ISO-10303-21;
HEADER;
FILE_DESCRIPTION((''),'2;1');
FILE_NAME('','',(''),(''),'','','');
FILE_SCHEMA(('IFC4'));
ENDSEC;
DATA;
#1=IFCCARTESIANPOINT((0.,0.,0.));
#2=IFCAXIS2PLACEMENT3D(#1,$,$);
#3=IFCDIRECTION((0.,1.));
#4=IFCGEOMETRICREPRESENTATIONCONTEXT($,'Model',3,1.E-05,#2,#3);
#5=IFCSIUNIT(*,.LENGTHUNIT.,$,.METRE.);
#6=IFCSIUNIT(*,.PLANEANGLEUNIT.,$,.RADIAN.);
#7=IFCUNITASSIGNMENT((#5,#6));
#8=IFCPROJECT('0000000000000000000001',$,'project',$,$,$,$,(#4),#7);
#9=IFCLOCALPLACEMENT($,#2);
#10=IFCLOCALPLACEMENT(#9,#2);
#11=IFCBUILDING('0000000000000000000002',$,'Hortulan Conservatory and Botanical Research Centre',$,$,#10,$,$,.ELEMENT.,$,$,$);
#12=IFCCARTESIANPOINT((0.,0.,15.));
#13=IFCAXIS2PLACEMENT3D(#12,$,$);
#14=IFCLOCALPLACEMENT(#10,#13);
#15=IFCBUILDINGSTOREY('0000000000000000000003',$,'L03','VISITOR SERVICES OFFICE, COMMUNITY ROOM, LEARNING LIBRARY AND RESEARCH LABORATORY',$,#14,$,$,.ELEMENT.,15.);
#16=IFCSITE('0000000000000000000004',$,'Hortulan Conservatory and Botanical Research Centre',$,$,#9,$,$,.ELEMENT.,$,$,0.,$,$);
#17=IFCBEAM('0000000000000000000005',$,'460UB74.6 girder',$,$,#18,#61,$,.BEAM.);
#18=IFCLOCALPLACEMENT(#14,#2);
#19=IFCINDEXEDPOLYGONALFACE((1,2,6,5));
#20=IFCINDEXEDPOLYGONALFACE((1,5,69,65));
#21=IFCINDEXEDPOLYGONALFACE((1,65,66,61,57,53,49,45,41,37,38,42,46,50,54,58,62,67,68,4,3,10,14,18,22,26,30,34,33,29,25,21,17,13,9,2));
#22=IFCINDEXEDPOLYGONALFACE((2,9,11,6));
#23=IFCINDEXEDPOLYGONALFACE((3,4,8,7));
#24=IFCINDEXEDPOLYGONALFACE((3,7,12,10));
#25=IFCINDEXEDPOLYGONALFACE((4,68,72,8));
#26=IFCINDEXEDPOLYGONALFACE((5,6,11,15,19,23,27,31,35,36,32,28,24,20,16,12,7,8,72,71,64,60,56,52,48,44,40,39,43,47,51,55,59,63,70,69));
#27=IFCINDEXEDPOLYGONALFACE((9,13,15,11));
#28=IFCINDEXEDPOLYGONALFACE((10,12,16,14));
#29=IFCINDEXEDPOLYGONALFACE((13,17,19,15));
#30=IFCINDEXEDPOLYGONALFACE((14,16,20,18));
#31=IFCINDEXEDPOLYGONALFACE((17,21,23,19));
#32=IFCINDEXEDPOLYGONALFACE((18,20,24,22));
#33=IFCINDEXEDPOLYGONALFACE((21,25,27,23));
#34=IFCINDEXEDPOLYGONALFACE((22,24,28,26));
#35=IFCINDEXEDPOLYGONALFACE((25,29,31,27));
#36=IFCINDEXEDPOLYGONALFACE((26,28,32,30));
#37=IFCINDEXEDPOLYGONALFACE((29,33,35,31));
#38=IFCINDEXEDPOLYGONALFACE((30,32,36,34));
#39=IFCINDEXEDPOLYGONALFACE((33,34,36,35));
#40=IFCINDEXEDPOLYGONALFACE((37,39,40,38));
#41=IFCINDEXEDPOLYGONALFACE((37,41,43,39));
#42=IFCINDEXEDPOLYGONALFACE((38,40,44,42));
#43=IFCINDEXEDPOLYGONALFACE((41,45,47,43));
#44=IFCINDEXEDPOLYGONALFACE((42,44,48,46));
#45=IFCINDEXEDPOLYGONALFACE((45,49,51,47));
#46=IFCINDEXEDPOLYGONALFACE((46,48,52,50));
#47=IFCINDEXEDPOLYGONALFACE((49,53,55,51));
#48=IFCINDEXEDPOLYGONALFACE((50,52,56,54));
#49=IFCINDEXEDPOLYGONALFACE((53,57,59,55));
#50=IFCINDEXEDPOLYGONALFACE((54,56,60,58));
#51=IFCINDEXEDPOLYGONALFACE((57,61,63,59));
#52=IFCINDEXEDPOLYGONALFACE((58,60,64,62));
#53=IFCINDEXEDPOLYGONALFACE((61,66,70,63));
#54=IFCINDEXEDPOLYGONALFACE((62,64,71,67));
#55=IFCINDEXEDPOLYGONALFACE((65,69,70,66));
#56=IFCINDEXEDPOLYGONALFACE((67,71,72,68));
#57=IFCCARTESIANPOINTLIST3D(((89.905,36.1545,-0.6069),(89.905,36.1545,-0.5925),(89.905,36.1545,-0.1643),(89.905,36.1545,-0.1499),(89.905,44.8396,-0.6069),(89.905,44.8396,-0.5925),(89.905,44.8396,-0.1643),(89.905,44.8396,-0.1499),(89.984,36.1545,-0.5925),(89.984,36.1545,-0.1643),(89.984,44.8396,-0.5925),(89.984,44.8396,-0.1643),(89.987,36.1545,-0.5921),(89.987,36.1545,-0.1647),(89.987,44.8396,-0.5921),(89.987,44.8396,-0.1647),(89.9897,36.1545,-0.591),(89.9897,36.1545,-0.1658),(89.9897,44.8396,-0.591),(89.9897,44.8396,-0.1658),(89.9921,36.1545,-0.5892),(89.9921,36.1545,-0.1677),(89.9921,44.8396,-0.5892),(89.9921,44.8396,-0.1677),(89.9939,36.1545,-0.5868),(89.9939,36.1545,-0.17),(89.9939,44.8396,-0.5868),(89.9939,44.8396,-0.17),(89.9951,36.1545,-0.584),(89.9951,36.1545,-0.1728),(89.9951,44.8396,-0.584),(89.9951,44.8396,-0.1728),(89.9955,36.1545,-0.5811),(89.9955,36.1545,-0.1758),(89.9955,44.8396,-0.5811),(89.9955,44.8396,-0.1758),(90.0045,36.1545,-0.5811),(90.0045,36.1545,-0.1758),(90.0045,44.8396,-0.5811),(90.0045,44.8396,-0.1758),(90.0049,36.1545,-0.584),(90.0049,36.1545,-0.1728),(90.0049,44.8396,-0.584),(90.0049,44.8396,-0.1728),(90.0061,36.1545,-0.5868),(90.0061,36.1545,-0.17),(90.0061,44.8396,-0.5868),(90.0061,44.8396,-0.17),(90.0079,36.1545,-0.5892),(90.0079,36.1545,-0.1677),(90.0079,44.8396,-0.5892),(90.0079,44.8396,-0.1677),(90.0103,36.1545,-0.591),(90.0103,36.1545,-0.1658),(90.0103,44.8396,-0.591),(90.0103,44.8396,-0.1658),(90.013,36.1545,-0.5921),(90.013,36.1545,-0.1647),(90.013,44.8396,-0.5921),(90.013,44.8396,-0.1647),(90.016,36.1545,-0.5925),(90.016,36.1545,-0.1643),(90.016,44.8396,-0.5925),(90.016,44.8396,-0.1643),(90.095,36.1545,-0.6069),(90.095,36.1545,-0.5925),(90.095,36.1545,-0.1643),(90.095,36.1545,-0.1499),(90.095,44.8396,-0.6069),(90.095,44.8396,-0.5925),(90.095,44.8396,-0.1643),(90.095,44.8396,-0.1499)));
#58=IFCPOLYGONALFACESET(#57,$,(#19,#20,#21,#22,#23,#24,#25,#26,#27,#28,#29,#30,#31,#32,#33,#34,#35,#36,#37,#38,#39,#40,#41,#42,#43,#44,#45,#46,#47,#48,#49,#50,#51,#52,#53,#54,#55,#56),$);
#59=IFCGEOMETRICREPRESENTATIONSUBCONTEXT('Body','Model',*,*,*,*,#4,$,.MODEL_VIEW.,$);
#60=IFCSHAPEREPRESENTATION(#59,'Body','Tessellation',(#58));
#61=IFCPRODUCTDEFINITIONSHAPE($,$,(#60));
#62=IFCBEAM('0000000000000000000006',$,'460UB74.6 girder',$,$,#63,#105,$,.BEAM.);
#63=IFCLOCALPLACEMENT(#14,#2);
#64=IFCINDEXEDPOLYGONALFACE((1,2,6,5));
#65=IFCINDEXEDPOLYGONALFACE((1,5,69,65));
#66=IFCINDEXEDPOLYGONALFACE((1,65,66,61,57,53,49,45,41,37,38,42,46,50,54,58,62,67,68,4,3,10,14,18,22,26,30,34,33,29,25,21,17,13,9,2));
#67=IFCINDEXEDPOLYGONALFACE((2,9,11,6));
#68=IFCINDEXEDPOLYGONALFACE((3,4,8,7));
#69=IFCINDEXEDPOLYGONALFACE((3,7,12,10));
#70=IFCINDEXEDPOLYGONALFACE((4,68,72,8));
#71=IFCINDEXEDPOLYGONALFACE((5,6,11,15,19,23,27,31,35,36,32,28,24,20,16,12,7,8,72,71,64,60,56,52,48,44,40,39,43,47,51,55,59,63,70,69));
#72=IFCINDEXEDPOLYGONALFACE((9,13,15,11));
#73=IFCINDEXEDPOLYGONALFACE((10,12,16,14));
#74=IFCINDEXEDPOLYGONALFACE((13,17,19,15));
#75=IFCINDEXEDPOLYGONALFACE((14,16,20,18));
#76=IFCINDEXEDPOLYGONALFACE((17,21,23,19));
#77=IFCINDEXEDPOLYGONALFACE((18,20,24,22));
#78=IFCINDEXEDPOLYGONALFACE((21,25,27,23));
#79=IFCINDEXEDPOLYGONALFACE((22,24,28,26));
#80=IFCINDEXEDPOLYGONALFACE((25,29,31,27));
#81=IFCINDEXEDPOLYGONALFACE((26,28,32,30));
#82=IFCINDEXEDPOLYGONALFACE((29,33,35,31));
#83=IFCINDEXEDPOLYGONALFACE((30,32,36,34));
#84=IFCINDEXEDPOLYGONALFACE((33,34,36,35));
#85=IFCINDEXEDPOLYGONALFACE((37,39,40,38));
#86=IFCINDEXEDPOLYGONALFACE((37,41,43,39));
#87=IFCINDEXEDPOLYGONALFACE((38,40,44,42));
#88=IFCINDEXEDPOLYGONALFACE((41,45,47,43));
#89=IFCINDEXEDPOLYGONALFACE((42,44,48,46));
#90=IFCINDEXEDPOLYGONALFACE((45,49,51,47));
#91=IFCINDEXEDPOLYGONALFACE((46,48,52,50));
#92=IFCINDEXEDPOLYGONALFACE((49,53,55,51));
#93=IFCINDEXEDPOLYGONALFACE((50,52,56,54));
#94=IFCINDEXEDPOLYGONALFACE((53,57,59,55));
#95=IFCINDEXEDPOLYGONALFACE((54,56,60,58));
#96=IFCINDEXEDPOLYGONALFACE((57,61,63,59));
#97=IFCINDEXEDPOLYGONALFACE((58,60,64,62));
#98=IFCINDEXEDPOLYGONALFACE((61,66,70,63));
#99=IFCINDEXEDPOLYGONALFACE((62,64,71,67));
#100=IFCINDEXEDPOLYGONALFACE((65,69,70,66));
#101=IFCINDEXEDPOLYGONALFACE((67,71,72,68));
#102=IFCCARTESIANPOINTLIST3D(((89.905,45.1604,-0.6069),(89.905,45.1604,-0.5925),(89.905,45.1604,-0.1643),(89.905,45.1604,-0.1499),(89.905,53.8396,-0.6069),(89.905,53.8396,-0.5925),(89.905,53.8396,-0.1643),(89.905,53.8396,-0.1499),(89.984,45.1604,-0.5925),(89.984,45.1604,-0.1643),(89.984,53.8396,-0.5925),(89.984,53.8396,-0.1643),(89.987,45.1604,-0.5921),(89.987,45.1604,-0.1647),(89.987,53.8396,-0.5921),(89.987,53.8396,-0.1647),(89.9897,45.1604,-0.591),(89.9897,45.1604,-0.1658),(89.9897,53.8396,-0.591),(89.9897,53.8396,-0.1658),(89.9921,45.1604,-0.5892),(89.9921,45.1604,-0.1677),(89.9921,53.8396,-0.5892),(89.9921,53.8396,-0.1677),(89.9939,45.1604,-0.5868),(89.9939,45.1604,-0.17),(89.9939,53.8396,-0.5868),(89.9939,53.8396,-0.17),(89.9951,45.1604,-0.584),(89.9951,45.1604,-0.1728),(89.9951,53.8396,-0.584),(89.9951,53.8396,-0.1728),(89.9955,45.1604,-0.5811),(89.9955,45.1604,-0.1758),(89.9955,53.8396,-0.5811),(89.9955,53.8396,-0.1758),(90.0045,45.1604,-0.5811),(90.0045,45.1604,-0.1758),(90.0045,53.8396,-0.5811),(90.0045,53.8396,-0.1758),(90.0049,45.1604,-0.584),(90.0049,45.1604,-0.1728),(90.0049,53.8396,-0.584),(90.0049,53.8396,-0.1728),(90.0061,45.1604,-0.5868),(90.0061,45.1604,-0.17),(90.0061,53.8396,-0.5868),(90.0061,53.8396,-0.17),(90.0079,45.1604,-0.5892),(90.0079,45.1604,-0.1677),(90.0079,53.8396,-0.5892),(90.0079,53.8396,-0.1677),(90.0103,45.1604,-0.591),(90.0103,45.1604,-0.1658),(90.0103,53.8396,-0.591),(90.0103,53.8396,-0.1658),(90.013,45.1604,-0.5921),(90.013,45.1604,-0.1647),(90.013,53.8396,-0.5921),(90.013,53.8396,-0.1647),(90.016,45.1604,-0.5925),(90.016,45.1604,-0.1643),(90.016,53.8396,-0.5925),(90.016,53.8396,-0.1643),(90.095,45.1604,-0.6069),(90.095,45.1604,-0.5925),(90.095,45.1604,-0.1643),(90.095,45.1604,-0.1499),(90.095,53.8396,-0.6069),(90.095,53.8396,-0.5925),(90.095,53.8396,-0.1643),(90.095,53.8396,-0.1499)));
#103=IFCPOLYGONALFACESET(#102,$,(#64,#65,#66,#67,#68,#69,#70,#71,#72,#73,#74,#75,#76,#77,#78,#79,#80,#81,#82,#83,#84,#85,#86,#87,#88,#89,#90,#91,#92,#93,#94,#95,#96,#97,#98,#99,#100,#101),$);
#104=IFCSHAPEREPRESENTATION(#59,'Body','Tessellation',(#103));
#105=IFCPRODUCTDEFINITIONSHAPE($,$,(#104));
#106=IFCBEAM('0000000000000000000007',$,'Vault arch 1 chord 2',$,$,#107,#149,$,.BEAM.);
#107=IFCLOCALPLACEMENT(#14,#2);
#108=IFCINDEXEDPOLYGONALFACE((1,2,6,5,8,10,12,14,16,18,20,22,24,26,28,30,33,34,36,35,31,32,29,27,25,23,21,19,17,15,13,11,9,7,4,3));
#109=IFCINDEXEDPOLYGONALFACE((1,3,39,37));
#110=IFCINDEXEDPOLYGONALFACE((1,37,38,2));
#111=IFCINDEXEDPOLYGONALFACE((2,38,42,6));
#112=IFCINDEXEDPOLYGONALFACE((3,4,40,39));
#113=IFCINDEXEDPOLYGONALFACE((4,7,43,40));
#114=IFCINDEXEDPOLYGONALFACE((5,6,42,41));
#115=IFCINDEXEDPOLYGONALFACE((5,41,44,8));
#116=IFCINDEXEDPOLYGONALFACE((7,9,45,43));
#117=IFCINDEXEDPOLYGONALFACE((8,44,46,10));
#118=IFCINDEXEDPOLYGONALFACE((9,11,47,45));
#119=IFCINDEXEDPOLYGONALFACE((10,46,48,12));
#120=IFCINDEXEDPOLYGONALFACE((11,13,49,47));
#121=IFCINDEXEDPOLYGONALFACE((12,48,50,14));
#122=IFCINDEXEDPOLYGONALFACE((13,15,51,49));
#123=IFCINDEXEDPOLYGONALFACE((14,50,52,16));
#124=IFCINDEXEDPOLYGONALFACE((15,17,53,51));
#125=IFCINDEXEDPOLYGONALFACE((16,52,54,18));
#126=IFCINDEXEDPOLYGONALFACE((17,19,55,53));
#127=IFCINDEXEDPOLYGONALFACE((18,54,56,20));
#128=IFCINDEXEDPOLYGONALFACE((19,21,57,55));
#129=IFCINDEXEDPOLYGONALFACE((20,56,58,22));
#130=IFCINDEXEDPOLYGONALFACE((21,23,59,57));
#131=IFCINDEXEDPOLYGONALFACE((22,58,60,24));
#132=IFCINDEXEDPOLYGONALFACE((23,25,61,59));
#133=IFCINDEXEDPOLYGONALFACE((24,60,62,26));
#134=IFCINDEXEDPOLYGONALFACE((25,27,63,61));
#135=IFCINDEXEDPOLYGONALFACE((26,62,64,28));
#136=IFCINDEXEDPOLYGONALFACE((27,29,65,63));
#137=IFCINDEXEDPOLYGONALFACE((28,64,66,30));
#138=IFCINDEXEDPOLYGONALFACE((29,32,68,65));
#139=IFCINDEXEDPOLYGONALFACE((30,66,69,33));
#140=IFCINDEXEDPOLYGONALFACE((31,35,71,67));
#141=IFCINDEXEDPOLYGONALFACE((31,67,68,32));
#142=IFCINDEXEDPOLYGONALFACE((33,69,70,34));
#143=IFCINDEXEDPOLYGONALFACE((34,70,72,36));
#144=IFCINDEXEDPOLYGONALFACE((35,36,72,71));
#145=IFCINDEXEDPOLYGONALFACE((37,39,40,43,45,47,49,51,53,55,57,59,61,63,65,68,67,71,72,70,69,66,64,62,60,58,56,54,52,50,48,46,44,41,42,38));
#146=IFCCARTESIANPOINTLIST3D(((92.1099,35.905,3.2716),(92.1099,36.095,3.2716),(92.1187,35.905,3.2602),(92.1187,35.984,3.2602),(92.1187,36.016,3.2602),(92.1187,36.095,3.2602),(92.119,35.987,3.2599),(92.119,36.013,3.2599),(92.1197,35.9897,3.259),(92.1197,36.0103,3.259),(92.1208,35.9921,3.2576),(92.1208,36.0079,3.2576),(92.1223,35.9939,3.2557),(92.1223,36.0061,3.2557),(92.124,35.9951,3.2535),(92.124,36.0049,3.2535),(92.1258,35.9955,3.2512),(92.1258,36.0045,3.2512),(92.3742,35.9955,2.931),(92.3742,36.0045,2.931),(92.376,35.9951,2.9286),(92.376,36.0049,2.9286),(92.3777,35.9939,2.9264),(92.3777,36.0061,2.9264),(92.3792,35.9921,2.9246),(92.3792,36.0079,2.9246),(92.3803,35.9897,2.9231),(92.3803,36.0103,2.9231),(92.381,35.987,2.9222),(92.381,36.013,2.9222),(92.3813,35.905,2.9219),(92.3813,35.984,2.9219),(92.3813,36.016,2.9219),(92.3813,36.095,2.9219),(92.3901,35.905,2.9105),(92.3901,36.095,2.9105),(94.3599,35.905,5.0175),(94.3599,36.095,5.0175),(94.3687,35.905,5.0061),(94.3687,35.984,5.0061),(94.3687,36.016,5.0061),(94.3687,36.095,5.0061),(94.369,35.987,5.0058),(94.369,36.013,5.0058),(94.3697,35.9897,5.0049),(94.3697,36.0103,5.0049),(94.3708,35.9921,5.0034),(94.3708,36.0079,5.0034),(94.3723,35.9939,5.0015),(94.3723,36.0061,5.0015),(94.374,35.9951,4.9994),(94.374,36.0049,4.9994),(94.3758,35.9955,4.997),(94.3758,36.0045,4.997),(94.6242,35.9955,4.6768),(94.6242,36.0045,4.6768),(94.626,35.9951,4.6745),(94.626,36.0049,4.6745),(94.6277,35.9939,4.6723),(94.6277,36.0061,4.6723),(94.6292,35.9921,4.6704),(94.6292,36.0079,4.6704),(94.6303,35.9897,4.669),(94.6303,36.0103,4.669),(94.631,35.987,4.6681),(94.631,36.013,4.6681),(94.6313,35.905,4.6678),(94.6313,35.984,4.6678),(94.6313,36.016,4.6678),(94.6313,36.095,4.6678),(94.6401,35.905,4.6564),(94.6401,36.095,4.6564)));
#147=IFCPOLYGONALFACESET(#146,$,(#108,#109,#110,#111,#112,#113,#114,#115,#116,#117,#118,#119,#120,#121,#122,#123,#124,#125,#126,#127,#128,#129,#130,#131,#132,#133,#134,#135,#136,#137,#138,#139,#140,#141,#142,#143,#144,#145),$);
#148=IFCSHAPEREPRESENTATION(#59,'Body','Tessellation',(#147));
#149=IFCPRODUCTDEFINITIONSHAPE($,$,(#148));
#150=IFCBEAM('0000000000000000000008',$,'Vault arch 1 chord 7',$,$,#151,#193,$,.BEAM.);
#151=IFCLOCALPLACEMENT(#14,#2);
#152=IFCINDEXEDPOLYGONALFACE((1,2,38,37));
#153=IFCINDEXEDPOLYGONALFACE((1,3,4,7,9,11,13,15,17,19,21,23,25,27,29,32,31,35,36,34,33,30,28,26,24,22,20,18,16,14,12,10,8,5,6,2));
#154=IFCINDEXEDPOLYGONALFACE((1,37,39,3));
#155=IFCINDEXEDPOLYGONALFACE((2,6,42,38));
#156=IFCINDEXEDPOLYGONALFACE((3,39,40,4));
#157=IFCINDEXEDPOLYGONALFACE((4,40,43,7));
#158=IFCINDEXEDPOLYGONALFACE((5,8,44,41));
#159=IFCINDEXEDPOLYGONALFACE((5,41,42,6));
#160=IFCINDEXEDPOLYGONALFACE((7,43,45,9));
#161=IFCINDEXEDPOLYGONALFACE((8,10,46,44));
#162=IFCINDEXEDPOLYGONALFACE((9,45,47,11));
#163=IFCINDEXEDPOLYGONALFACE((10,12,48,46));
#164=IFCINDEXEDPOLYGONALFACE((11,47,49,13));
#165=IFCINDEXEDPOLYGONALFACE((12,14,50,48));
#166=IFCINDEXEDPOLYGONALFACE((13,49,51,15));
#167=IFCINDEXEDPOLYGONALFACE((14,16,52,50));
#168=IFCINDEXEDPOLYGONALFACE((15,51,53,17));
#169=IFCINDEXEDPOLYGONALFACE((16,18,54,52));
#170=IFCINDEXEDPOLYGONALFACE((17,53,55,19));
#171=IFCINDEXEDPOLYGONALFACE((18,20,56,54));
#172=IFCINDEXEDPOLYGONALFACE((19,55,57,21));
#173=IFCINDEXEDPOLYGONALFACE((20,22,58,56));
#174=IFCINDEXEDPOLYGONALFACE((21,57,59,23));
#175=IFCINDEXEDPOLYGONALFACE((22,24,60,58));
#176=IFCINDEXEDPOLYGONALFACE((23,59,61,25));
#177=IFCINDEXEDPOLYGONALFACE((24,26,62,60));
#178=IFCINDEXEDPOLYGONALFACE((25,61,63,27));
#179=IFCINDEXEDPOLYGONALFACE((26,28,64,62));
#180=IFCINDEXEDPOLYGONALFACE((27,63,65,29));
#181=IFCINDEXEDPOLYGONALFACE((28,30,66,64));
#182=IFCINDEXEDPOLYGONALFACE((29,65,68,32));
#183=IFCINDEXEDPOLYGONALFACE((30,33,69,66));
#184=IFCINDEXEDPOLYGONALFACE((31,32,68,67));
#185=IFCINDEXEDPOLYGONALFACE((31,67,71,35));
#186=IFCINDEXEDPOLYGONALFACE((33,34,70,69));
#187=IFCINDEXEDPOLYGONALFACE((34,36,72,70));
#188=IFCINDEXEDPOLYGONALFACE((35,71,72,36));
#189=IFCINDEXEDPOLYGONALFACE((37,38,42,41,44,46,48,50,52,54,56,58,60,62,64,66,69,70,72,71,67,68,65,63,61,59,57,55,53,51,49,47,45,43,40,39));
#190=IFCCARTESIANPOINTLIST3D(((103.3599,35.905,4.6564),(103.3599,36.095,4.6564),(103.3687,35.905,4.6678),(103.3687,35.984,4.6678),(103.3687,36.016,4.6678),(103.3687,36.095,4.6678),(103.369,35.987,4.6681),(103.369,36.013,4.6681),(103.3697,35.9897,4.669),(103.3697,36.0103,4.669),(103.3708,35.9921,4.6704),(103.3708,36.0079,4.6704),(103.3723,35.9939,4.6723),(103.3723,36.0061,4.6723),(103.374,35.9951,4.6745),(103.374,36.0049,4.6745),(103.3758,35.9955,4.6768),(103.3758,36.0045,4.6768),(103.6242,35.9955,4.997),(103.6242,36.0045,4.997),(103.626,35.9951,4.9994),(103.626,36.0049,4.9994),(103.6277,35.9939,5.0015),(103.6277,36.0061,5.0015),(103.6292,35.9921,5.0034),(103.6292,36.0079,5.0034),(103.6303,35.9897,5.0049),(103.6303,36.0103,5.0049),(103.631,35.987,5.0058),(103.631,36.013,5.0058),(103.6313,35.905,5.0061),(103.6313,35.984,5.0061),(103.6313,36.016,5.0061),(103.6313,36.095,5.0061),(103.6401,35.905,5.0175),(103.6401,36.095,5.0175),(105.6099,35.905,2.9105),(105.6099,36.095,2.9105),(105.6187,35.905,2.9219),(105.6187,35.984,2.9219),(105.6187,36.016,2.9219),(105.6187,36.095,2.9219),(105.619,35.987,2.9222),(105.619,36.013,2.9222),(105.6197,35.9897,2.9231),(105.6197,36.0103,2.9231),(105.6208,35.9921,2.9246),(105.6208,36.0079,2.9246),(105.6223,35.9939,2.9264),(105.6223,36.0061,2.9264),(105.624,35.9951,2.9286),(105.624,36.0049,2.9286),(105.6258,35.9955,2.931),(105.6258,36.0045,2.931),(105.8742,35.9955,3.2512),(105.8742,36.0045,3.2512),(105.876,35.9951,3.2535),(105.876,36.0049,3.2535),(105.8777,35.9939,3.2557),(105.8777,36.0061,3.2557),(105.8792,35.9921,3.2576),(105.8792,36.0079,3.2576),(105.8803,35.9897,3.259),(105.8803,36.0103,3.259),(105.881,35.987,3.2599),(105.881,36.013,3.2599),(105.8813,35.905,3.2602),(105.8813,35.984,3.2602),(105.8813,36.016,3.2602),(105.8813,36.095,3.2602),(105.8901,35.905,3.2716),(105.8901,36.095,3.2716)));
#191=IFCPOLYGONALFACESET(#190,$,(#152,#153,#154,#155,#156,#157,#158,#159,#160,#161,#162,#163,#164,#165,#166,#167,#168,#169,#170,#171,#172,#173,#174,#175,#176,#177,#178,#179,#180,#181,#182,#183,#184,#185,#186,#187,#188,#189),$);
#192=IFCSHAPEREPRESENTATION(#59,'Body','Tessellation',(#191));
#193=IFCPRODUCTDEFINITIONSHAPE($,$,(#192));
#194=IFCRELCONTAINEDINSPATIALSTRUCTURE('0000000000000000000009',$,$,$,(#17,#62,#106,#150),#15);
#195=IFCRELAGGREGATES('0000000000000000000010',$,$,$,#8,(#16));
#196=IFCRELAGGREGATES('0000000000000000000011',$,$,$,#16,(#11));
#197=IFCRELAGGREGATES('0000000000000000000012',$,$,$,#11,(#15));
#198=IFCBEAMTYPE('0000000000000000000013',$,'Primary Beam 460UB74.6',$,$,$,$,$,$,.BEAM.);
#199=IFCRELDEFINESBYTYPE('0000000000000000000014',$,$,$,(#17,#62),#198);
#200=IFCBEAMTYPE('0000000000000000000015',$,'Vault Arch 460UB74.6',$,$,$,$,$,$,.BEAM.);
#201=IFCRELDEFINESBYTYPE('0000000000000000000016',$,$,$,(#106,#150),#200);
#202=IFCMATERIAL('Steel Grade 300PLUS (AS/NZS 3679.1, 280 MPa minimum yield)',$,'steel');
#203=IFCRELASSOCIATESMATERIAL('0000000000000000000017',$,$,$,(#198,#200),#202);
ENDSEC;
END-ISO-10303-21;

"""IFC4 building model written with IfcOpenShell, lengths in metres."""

from ifc_helpers import new_model, si_unit, direction, frame, origin, origin_2d, place, context, subcontext, project, spatial, i_section, extrude, material, material_profile, profile_set, type_object, element, save


model = new_model("IFC4")

# Units and contexts
model_context = context("Model", 3, precision=1e-05, world=origin(), true_north=direction((0.0, 1.0)))
body_context = subcontext(model_context, "Body", "Model", "MODEL_VIEW")
ifc_project = project(units=[si_unit("LENGTHUNIT", "METRE"), si_unit("PLANEANGLEUNIT", "RADIAN")], contexts=[model_context])

# Site, building, storey
site_placement = place(None, origin())
site = spatial("IfcSite", under=ifc_project, at=site_placement, Name="Hortulan Conservatory and Botanical Research Centre", CompositionType="ELEMENT", RefElevation=0.0)
building_placement = place(site_placement, origin())
building = spatial("IfcBuilding", under=site, at=building_placement, Name="Hortulan Conservatory and Botanical Research Centre", CompositionType="ELEMENT")
storey_placement = place(building_placement, frame((0.0, 0.0, 15.0)))
storey = spatial("IfcBuildingStorey", under=building, at=storey_placement, Name="L03", Description="VISITOR SERVICES OFFICE, COMMUNITY ROOM, LEARNING LIBRARY AND RESEARCH LABORATORY", CompositionType="ELEMENT", Elevation=15.0)

# Beams
ifc_material_1 = material(Name="Steel Grade 300PLUS (AS/NZS 3679.1, 280 MPa minimum yield)", Category="steel")
ifc_material_profile_1 = material_profile(ifc_material_1, i_section(OverallWidth=0.1899, OverallDepth=0.457, WebThickness=0.009, FlangeThickness=0.0144, FilletRadius=0.0115, at=origin_2d()), Name="460UB74.6")
ifc_profile_set_1 = profile_set([ifc_material_profile_1], Name="Steel Grade 300PLUS (AS/NZS 3679.1, 280 MPa minimum yield)")
beam_type_1 = type_object("IfcBeamType", Name="Primary Beam 460UB74.6", PredefinedType="BEAM", material=ifc_profile_set_1)
beam_1_placement = place(storey_placement, frame((90.0, 36.1545, -0.3784), z_axis=(0.0, 1.0, 0.0), x_axis=(-1.0, 0.0, 0.0)))
element("IfcBeam", 1, at=beam_1_placement, inside=storey, type_object=beam_type_1, Name="460UB74.6 girder", PredefinedType="BEAM", context=body_context, shape_type="SweptSolid", body=[
    extrude(i_section(OverallWidth=0.1899, OverallDepth=0.457, WebThickness=0.009, FlangeThickness=0.0144, FilletRadius=0.0115, at=origin_2d()), origin(), (0.0, 0.0, 1.0), 8.6851),
])
beam_2_placement = place(storey_placement, frame((90.0, 45.1604, -0.3784), z_axis=(0.0, 1.0, 0.0), x_axis=(-1.0, 0.0, 0.0)))
element("IfcBeam", 2, at=beam_2_placement, inside=storey, type_object=beam_type_1, Name="460UB74.6 girder", PredefinedType="BEAM", context=body_context, shape_type="SweptSolid", body=[
    extrude(i_section(OverallWidth=0.1899, OverallDepth=0.457, WebThickness=0.009, FlangeThickness=0.0144, FilletRadius=0.0115, at=origin_2d()), origin(), (0.0, 0.0, 1.0), 8.6792),
])
ifc_material_profile_2 = material_profile(ifc_material_1, i_section(OverallWidth=0.1899, OverallDepth=0.457, WebThickness=0.009, FlangeThickness=0.0144, FilletRadius=0.0115, at=origin_2d()), Name="460UB74.6")
ifc_profile_set_2 = profile_set([ifc_material_profile_2], Name="Steel Grade 300PLUS (AS/NZS 3679.1, 280 MPa minimum yield)")
beam_type_2 = type_object("IfcBeamType", Name="Vault Arch 460UB74.6", PredefinedType="BEAM", material=ifc_profile_set_2)
for number, where, z_axis, x_axis, name in (
    (3, (92.25, 36.0, 3.0911), (0.790058, 0.0, 0.613032), (0.0, 1.0, 0.0), "Vault arch 1 chord 2"),
    (4, (103.5, 36.0, 4.8369), (0.790058, 0.0, -0.613032), (0.0, 1.0, 0.0), "Vault arch 1 chord 7"),
):
    element("IfcBeam", number, at=place(storey_placement, frame(where, z_axis=z_axis, x_axis=x_axis)), inside=storey, type_object=beam_type_2, Name=name, PredefinedType="BEAM", context=body_context, shape_type="SweptSolid", body=[
        extrude(i_section(OverallWidth=0.1899, OverallDepth=0.457, WebThickness=0.009, FlangeThickness=0.0144, FilletRadius=0.0115, at=origin_2d()), origin(), (0.0, 0.0, 1.0), 2.8479),
    ])

save(model, "model.ifc")
